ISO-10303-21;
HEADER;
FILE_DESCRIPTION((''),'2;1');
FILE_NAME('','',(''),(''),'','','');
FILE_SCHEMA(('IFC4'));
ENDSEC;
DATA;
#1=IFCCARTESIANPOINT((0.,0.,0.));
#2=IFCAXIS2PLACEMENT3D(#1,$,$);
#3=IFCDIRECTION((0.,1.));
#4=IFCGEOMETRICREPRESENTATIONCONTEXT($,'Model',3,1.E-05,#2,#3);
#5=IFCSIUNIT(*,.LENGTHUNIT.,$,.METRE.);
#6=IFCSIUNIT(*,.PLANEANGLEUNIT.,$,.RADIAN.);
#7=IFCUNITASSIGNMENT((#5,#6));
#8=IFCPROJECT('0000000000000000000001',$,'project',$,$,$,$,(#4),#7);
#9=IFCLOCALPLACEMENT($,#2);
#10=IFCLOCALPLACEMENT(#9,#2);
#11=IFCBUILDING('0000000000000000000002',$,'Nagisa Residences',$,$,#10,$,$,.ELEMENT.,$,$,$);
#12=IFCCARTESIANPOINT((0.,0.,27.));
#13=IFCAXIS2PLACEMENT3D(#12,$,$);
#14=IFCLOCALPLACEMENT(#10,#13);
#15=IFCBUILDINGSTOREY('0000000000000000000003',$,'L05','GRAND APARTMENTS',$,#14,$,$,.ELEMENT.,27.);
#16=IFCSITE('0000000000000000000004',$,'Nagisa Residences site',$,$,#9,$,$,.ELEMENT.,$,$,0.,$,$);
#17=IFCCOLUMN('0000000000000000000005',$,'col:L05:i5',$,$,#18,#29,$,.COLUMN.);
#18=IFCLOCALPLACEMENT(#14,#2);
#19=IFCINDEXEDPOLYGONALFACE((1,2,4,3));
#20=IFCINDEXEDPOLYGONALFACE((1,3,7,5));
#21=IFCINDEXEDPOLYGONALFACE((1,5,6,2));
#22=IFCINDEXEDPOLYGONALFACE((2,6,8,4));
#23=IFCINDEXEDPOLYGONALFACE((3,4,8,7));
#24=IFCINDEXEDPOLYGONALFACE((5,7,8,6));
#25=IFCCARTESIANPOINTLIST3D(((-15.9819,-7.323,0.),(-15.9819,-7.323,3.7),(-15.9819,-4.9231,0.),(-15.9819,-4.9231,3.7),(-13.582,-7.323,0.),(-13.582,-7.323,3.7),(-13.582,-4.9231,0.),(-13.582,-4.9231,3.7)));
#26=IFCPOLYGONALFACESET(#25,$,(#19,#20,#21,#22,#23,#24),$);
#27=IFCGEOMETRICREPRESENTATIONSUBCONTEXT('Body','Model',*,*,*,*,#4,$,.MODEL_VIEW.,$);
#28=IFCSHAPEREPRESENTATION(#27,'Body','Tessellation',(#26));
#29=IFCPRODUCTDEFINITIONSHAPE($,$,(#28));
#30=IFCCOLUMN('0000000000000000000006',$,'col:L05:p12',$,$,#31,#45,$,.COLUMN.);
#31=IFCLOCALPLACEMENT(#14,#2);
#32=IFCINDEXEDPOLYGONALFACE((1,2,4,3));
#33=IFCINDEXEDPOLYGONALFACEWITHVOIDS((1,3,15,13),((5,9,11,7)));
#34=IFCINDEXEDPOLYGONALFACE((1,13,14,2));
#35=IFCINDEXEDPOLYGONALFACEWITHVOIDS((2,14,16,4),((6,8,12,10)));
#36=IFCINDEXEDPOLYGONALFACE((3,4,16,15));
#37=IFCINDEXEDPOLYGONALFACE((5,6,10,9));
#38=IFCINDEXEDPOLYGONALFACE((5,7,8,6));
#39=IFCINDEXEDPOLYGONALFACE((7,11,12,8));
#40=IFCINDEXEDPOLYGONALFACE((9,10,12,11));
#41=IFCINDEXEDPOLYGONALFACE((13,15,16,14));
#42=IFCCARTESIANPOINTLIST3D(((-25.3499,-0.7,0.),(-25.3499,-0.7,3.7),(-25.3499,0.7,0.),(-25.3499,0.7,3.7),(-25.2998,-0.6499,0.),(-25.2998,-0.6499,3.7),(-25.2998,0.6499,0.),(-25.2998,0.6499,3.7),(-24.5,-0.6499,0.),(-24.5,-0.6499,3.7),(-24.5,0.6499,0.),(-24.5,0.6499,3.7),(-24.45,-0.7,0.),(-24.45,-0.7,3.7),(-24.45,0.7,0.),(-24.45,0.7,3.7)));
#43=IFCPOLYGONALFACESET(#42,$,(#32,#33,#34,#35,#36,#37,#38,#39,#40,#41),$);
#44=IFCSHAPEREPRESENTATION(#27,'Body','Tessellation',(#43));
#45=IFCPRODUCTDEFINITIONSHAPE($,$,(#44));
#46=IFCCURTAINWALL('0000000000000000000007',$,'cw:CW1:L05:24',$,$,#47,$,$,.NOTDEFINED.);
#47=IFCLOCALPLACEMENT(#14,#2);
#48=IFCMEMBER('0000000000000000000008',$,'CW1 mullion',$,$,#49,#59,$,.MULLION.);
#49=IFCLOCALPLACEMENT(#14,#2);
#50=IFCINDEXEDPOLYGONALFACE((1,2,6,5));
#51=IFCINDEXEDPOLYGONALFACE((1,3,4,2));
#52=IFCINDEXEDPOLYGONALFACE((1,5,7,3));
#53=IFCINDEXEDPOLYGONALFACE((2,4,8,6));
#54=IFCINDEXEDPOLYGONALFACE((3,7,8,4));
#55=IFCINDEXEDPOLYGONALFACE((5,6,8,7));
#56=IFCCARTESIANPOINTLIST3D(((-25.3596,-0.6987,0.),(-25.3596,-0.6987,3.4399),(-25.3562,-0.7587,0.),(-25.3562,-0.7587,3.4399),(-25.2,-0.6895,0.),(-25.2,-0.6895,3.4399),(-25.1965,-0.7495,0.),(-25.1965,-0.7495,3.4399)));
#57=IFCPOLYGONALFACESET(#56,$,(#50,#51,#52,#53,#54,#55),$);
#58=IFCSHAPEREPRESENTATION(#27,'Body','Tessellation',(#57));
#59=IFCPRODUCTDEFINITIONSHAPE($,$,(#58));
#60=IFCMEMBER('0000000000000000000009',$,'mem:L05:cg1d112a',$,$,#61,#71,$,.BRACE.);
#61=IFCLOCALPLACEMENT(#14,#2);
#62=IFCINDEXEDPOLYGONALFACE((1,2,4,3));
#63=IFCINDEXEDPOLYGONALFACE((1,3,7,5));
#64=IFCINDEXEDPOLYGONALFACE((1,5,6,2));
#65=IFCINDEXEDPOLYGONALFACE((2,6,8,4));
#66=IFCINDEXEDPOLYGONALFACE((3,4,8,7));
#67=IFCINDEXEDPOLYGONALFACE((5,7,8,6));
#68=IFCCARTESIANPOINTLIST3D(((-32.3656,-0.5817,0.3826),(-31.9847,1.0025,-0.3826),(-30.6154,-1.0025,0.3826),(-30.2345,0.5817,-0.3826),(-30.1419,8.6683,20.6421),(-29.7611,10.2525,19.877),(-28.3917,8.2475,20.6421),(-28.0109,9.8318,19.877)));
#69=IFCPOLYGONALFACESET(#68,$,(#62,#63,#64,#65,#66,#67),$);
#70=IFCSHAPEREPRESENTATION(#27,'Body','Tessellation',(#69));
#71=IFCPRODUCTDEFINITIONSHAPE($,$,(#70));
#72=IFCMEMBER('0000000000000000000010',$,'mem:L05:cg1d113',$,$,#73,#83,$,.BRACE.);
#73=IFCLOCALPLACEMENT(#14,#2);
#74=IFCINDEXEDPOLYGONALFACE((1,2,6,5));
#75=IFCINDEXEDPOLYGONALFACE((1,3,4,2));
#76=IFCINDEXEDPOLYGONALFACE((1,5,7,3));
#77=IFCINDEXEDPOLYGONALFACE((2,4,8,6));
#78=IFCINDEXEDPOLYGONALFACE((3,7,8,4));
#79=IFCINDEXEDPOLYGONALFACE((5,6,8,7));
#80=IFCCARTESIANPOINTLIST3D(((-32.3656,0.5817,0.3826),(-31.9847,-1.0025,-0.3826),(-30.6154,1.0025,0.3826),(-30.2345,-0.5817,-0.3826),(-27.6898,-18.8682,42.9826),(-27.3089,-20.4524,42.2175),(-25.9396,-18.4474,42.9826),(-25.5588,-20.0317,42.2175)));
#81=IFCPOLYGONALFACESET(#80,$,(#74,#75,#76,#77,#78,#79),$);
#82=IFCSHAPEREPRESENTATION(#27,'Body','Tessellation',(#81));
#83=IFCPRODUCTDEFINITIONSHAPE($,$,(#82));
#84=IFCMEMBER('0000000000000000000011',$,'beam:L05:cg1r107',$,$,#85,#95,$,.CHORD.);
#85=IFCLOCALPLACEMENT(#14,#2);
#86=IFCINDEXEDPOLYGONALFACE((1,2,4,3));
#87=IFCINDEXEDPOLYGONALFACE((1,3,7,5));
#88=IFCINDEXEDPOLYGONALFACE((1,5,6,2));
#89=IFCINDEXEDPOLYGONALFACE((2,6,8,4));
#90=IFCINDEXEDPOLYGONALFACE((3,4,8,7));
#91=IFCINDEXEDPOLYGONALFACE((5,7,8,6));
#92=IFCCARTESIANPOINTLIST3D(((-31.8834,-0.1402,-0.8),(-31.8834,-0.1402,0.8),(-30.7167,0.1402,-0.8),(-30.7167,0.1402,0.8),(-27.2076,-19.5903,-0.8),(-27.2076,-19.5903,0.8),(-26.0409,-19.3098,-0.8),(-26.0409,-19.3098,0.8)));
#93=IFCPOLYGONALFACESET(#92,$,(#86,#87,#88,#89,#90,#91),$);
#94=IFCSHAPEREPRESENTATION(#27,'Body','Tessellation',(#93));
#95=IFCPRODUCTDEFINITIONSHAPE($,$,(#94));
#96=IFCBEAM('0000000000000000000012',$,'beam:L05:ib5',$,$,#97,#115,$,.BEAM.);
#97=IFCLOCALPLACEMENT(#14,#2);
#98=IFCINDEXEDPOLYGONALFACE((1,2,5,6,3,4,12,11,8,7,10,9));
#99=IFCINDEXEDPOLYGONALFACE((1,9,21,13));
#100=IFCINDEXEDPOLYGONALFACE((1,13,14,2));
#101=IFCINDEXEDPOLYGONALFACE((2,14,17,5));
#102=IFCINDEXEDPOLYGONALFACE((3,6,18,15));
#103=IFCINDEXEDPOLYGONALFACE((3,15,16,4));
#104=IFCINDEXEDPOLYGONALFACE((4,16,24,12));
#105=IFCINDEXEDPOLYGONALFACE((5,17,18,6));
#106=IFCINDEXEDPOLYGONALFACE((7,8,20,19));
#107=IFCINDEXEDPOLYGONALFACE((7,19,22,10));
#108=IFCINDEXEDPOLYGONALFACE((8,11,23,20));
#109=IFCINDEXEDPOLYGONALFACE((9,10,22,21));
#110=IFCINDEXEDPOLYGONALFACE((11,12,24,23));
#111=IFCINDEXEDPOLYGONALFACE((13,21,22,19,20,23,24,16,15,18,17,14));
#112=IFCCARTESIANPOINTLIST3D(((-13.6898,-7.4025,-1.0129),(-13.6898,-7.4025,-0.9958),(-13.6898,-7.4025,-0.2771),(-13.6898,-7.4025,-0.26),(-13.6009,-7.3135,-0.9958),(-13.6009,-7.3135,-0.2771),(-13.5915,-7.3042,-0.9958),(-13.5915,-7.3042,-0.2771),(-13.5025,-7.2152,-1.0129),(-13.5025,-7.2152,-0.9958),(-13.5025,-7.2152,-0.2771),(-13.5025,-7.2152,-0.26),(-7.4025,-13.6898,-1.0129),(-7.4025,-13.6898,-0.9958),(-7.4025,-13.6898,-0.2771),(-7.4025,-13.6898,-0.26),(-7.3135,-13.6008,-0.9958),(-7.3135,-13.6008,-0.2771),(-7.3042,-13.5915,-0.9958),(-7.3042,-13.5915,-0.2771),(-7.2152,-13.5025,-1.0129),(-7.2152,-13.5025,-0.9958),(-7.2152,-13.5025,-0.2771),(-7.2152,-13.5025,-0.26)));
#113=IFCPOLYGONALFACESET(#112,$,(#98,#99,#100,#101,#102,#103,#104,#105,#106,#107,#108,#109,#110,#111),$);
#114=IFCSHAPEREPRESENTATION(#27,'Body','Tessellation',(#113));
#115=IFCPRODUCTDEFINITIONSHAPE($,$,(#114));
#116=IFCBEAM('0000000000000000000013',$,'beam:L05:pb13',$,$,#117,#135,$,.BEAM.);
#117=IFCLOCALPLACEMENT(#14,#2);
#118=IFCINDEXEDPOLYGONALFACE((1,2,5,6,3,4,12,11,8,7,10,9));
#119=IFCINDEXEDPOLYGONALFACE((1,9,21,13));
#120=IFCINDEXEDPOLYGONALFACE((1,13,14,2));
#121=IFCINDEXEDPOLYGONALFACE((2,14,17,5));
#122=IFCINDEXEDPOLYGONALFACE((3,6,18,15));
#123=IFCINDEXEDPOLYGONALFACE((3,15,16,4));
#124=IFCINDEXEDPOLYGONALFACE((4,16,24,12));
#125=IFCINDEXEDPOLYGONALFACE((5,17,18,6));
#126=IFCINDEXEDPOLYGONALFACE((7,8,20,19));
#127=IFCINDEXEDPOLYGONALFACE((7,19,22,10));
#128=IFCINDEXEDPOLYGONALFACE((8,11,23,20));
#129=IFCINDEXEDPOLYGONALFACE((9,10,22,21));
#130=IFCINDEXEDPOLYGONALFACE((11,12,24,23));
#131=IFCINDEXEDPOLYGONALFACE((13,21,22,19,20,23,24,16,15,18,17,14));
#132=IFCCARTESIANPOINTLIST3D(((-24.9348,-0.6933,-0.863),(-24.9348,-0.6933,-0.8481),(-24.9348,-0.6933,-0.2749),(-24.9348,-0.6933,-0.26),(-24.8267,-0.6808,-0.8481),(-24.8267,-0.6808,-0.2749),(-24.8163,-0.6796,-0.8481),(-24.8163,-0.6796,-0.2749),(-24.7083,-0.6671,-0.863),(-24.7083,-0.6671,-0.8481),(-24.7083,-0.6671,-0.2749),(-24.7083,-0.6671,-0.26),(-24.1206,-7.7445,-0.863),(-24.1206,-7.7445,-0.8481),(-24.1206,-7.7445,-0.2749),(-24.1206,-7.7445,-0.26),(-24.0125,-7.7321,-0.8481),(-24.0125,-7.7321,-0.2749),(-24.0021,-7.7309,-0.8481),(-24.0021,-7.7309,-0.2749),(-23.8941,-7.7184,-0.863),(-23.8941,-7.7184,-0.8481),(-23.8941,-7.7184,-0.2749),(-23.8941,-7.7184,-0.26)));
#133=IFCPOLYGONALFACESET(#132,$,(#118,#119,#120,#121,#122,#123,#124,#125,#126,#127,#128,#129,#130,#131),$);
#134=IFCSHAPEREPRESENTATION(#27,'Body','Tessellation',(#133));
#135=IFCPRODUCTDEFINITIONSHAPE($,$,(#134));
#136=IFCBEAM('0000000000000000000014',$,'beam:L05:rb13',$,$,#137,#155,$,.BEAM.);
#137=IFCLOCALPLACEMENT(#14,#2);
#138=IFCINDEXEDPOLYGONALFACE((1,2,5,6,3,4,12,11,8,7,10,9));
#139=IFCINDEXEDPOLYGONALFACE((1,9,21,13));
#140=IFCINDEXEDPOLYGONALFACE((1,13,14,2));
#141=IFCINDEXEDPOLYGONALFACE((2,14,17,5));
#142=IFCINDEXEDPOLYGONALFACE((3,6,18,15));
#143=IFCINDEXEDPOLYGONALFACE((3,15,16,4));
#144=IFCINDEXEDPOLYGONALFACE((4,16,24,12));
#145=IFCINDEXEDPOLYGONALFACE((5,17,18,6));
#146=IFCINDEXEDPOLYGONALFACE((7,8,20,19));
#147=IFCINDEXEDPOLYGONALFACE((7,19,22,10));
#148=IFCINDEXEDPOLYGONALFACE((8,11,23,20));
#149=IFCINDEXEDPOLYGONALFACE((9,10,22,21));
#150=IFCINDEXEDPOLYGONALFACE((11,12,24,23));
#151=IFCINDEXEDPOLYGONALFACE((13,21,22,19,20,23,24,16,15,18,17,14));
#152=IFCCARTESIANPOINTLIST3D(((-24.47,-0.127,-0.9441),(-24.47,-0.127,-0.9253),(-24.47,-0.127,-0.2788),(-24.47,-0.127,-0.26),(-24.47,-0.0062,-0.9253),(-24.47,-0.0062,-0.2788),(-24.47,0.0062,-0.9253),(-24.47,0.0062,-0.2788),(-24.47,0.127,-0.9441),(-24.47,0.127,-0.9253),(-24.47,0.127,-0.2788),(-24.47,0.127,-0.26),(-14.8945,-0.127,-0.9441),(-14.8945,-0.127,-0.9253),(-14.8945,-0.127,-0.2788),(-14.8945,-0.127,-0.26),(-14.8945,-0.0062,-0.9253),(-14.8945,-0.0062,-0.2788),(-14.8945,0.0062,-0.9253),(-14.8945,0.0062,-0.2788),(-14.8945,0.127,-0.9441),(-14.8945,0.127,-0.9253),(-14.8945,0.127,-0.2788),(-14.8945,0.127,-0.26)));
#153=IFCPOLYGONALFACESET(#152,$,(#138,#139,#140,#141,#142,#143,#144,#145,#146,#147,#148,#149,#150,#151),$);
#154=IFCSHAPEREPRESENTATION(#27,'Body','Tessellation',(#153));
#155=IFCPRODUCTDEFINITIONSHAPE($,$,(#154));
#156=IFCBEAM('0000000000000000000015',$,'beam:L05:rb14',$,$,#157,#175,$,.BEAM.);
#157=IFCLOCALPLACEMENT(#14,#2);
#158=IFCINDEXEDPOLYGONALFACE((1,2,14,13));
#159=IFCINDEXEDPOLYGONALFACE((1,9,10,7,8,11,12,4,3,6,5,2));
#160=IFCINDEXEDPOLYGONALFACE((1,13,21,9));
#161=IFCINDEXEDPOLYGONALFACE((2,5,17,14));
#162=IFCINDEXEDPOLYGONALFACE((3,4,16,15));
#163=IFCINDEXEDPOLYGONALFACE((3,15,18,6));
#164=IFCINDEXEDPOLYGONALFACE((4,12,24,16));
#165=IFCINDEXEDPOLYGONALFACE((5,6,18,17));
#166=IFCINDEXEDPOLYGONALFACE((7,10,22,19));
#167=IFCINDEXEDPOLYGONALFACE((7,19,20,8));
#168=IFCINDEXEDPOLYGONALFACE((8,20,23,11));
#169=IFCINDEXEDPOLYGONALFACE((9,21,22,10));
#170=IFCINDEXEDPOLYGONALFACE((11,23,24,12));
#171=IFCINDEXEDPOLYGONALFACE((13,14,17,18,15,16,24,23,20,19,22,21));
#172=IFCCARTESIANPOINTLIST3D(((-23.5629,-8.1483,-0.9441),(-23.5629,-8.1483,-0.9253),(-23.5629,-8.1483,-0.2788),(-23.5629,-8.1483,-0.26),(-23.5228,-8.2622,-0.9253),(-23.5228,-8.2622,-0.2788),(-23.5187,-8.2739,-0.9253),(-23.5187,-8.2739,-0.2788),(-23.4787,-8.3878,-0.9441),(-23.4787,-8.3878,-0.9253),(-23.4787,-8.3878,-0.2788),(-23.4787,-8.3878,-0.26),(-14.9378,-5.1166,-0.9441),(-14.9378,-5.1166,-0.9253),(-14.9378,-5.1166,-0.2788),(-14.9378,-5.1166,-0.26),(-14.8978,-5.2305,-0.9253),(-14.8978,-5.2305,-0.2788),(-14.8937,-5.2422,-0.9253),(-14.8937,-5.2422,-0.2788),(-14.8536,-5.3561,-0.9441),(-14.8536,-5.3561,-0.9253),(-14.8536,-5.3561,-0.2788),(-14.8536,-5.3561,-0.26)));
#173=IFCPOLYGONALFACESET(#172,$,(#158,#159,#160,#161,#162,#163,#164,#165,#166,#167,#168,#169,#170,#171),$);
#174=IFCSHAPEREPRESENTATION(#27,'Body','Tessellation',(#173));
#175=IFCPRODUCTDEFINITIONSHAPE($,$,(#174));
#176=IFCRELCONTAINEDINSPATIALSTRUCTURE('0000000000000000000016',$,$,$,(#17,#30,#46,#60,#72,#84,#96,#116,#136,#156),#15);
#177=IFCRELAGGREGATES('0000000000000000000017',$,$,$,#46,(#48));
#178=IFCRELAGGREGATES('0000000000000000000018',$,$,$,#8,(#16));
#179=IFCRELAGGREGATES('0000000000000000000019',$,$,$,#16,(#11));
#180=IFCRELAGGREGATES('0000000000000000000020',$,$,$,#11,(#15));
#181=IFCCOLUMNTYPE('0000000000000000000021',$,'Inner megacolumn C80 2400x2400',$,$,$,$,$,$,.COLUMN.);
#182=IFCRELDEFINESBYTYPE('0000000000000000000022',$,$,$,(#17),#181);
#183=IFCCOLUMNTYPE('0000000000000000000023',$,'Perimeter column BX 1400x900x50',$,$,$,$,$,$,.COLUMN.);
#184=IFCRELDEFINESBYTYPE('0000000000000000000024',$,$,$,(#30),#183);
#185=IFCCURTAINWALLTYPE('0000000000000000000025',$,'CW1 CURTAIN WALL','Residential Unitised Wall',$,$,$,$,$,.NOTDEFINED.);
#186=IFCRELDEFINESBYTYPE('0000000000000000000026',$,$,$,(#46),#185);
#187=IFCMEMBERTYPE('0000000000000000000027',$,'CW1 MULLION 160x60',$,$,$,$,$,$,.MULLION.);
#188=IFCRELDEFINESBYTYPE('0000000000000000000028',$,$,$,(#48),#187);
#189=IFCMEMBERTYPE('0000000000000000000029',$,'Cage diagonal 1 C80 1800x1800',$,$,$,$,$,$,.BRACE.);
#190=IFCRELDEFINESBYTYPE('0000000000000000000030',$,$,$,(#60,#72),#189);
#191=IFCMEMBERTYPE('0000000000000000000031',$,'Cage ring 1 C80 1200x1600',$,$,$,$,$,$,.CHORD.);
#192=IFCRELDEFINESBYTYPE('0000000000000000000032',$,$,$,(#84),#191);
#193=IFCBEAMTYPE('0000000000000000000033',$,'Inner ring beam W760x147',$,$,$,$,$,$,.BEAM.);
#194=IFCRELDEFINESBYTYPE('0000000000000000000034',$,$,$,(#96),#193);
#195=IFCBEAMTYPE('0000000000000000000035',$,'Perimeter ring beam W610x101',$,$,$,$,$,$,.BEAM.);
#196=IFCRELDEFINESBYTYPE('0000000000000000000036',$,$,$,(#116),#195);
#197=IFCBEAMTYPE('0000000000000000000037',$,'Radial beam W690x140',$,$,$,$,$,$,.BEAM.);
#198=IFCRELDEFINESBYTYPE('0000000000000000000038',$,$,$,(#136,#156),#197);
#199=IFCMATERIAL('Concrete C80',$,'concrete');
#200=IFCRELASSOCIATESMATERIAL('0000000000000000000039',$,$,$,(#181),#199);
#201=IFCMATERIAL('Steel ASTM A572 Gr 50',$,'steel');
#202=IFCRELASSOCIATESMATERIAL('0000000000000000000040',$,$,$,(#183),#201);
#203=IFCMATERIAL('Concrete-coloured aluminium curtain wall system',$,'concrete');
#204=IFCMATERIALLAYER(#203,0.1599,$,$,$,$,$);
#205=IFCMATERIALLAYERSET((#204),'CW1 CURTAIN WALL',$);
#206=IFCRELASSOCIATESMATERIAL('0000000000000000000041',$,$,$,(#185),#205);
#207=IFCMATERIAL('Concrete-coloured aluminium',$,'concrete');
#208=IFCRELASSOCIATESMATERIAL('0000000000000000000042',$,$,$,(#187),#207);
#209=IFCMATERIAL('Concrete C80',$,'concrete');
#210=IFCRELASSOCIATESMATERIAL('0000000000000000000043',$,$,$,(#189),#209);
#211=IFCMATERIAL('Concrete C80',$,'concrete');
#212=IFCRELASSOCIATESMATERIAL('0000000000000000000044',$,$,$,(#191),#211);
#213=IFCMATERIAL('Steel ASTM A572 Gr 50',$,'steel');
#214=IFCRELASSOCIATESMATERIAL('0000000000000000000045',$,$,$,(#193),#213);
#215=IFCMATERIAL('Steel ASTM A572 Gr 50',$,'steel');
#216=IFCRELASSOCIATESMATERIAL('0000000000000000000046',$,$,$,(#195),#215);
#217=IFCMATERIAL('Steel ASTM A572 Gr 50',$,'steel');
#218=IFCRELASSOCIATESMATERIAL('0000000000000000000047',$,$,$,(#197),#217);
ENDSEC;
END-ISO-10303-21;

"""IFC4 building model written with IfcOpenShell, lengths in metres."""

from ifc_helpers import new_model, si_unit, direction, frame, origin, origin_2d, place, context, subcontext, project, spatial, rectangle, hollow_rectangle, i_section, extrude, material, layer, layer_set, material_profile, profile_set, type_object, element, aggregate, save


model = new_model("IFC4")

# Units and contexts
model_context = context("Model", 3, precision=1e-05, world=origin(), true_north=direction((0.0, 1.0)))
body_context = subcontext(model_context, "Body", "Model", "MODEL_VIEW")
ifc_project = project(units=[si_unit("LENGTHUNIT", "METRE"), si_unit("PLANEANGLEUNIT", "RADIAN")], contexts=[model_context])

# Site, building, storey
site_placement = place(None, origin())
site = spatial("IfcSite", under=ifc_project, at=site_placement, Name="Nagisa Residences site", CompositionType="ELEMENT", RefElevation=0.0)
building_placement = place(site_placement, origin())
building = spatial("IfcBuilding", under=site, at=building_placement, Name="Nagisa Residences", CompositionType="ELEMENT")
storey_placement = place(building_placement, frame((0.0, 0.0, 27.0)))
storey = spatial("IfcBuildingStorey", under=building, at=storey_placement, Name="L05", Description="GRAND APARTMENTS", CompositionType="ELEMENT", Elevation=27.0)

# Columns
ifc_material_1 = material(Name="Concrete C80", Category="concrete")
ifc_material_profile_1 = material_profile(ifc_material_1, rectangle(XDim=2.3999, YDim=2.3999, at=origin_2d()), Name="C80 2400x2400")
ifc_profile_set_1 = profile_set([ifc_material_profile_1], Name="Concrete C80")
column_type_1 = type_object("IfcColumnType", Name="Inner megacolumn C80 2400x2400", PredefinedType="COLUMN", material=ifc_profile_set_1)
column_1_placement = place(storey_placement, frame((-14.782, -6.123, 0.0), z_axis=(0.0, 0.0, 1.0), x_axis=(1.0, 0.0, 0.0)))
element("IfcColumn", 1, at=column_1_placement, inside=storey, type_object=column_type_1, Name="col:L05:i5", PredefinedType="COLUMN", context=body_context, shape_type="SweptSolid", body=[
    extrude(rectangle(XDim=2.3999, YDim=2.3999, at=origin_2d()), origin(), (0.0, 0.0, 1.0), 3.7),
])
ifc_material_2 = material(Name="Steel ASTM A572 Gr 50", Category="steel")
ifc_material_profile_2 = material_profile(ifc_material_2, hollow_rectangle(XDim=1.3999, YDim=0.8999, WallThickness=0.05, at=origin_2d()), Name="BX 1400x900x50")
ifc_profile_set_2 = profile_set([ifc_material_profile_2], Name="Steel ASTM A572 Gr 50")
column_type_2 = type_object("IfcColumnType", Name="Perimeter column BX 1400x900x50", PredefinedType="COLUMN", material=ifc_profile_set_2)
column_2_placement = place(storey_placement, frame((-24.8999, 0.0, 0.0), z_axis=(0.0, 0.0, 1.0), x_axis=(0.0, -1.0, 0.0)))
element("IfcColumn", 2, at=column_2_placement, inside=storey, type_object=column_type_2, Name="col:L05:p12", PredefinedType="COLUMN", context=body_context, shape_type="SweptSolid", body=[
    extrude(hollow_rectangle(XDim=1.3999, YDim=0.8999, WallThickness=0.05, at=origin_2d()), origin(), (0.0, 0.0, 1.0), 3.7),
])

# Curtain wall, member
ifc_material_3 = material(Name="Concrete-coloured aluminium curtain wall system", Category="concrete")
ifc_layer_1 = layer(ifc_material_3, 0.1599)
ifc_layer_set_1 = layer_set([ifc_layer_1], Name="CW1 CURTAIN WALL")
curtain_wall_type = type_object("IfcCurtainWallType", Name="CW1 CURTAIN WALL", Description="Residential Unitised Wall", PredefinedType="NOTDEFINED", material=ifc_layer_set_1)
curtain_wall_placement = place(storey_placement, origin())
curtain_wall = element("IfcCurtainWall", 3, at=curtain_wall_placement, inside=storey, type_object=curtain_wall_type, Name="cw:CW1:L05:24", PredefinedType="NOTDEFINED")
ifc_material_4 = material(Name="Concrete-coloured aluminium", Category="concrete")
ifc_material_profile_3 = material_profile(ifc_material_4, rectangle(XDim=0.1599, YDim=0.0601, at=origin_2d()), Name="CW1 MULLION 160x60")
ifc_profile_set_3 = profile_set([ifc_material_profile_3], Name="Concrete-coloured aluminium")
member_type_1 = type_object("IfcMemberType", Name="CW1 MULLION 160x60", PredefinedType="MULLION", material=ifc_profile_set_3)
member_1_placement = place(storey_placement, frame((-25.2781, -0.7241, 0.0), z_axis=(0.0, 0.0, 1.0), x_axis=(0.998345, 0.057503, 0.0)))
member_1 = element("IfcMember", 4, at=member_1_placement, type_object=member_type_1, Name="CW1 mullion", PredefinedType="MULLION", context=body_context, shape_type="SweptSolid", body=[
    extrude(rectangle(XDim=0.1599, YDim=0.0601, at=origin_2d()), origin(), (0.0, 0.0, 1.0), 3.4399),
])
aggregate(curtain_wall, [member_1])

# Members
ifc_material_5 = material(Name="Concrete C80", Category="concrete")
ifc_material_profile_4 = material_profile(ifc_material_5, rectangle(XDim=1.8, YDim=1.8, at=origin_2d()), Name="C80 1800x1800")
ifc_profile_set_4 = profile_set([ifc_material_profile_4], Name="Concrete C80")
member_type_2 = type_object("IfcMemberType", Name="Cage diagonal 1 C80 1800x1800", PredefinedType="BRACE", material=ifc_profile_set_4)
member_2_placement = place(storey_placement, frame((-31.3, 0.0, 0.0), z_axis=(0.099349, 0.413278, 0.905169), x_axis=(-0.972301, 0.233734, 0.0)))
element("IfcMember", 5, at=member_2_placement, inside=storey, type_object=member_type_2, Name="mem:L05:cg1d112a", PredefinedType="BRACE", context=body_context, shape_type="SweptSolid", body=[
    extrude(rectangle(XDim=1.8, YDim=1.8, at=origin_2d()), origin(), (0.0, 0.0, 1.0), 22.3821),
])
member_3_placement = place(storey_placement, frame((-31.3, 0.0, 0.0), z_axis=(0.099351, -0.413274, 0.905171), x_axis=(0.972299, 0.233741, 0.0)))
element("IfcMember", 6, at=member_3_placement, inside=storey, type_object=member_type_2, Name="mem:L05:cg1d113", PredefinedType="BRACE", context=body_context, shape_type="SweptSolid", body=[
    extrude(rectangle(XDim=1.8, YDim=1.8, at=origin_2d()), origin(), (0.0, 0.0, 1.0), 47.063),
])
ifc_material_6 = material(Name="Concrete C80", Category="concrete")
ifc_material_profile_5 = material_profile(ifc_material_6, rectangle(XDim=1.2, YDim=1.6001, at=origin_2d()), Name="C80 1200x1600")
ifc_profile_set_5 = profile_set([ifc_material_profile_5], Name="Concrete C80")
member_type_3 = type_object("IfcMemberType", Name="Cage ring 1 C80 1200x1600", PredefinedType="CHORD", material=ifc_profile_set_5)
member_4_placement = place(storey_placement, frame((-31.3, 0.0, 0.0), z_axis=(0.233741, -0.972299, 0.0), x_axis=(0.972299, 0.233741, 0.0)))
element("IfcMember", 7, at=member_4_placement, inside=storey, type_object=member_type_3, Name="beam:L05:cg1r107", PredefinedType="CHORD", context=body_context, shape_type="SweptSolid", body=[
    extrude(rectangle(XDim=1.2, YDim=1.6001, at=origin_2d()), origin(), (0.0, 0.0, 1.0), 20.0042),
])

# Beams
ifc_material_7 = material(Name="Steel ASTM A572 Gr 50", Category="steel")
ifc_material_profile_6 = material_profile(ifc_material_7, i_section(OverallWidth=0.2649, OverallDepth=0.7529, WebThickness=0.0132, FlangeThickness=0.0171, at=origin_2d()), Name="W760x147")
ifc_profile_set_6 = profile_set([ifc_material_profile_6], Name="Steel ASTM A572 Gr 50")
beam_type_1 = type_object("IfcBeamType", Name="Inner ring beam W760x147", PredefinedType="BEAM", material=ifc_profile_set_6)
beam_1_placement = place(storey_placement, frame((-13.5962, -7.3088, -0.6365), z_axis=(0.707107, -0.707107, 0.0), x_axis=(0.707107, 0.707107, 0.0)))
element("IfcBeam", 8, at=beam_1_placement, inside=storey, type_object=beam_type_1, Name="beam:L05:ib5", PredefinedType="BEAM", context=body_context, shape_type="SweptSolid", body=[
    extrude(i_section(OverallWidth=0.2649, OverallDepth=0.7529, WebThickness=0.0132, FlangeThickness=0.0171, at=origin_2d()), origin(), (0.0, 0.0, 1.0), 8.8916),
])
ifc_material_8 = material(Name="Steel ASTM A572 Gr 50", Category="steel")
ifc_material_profile_7 = material_profile(ifc_material_8, i_section(OverallWidth=0.228, OverallDepth=0.603, WebThickness=0.0105, FlangeThickness=0.0149, at=origin_2d()), Name="W610x101")
ifc_profile_set_7 = profile_set([ifc_material_profile_7], Name="Steel ASTM A572 Gr 50")
beam_type_2 = type_object("IfcBeamType", Name="Perimeter ring beam W610x101", PredefinedType="BEAM", material=ifc_profile_set_7)
beam_2_placement = place(storey_placement, frame((-24.8215, -0.6802, -0.5615), z_axis=(0.114708, -0.993399, 0.0), x_axis=(0.993399, 0.114708, 0.0)))
element("IfcBeam", 9, at=beam_2_placement, inside=storey, type_object=beam_type_2, Name="beam:L05:pb13", PredefinedType="BEAM", context=body_context, shape_type="SweptSolid", body=[
    extrude(i_section(OverallWidth=0.228, OverallDepth=0.603, WebThickness=0.0105, FlangeThickness=0.0149, at=origin_2d()), origin(), (0.0, 0.0, 1.0), 7.0981),
])
ifc_material_9 = material(Name="Steel ASTM A572 Gr 50", Category="steel")
ifc_material_profile_8 = material_profile(ifc_material_9, i_section(OverallWidth=0.2539, OverallDepth=0.6841, WebThickness=0.0125, FlangeThickness=0.0188, at=origin_2d()), Name="W690x140")
ifc_profile_set_8 = profile_set([ifc_material_profile_8], Name="Steel ASTM A572 Gr 50")
beam_type_3 = type_object("IfcBeamType", Name="Radial beam W690x140", PredefinedType="BEAM", material=ifc_profile_set_8)
beam_3_placement = place(storey_placement, frame((-24.47, 0.0, -0.6021), z_axis=(1.0, 0.0, 0.0), x_axis=(0.0, 1.0, 0.0)))
element("IfcBeam", 10, at=beam_3_placement, inside=storey, type_object=beam_type_3, Name="beam:L05:rb13", PredefinedType="BEAM", context=body_context, shape_type="SweptSolid", body=[
    extrude(i_section(OverallWidth=0.2539, OverallDepth=0.6841, WebThickness=0.0125, FlangeThickness=0.0188, at=origin_2d()), origin(), (0.0, 0.0, 1.0), 9.5754),
])
beam_4_placement = place(storey_placement, frame((-23.5208, -8.2681, -0.6021), z_axis=(0.943415, 0.331616, 0.0), x_axis=(-0.331616, 0.943415, 0.0)))
element("IfcBeam", 11, at=beam_4_placement, inside=storey, type_object=beam_type_3, Name="beam:L05:rb14", PredefinedType="BEAM", context=body_context, shape_type="SweptSolid", body=[
    extrude(i_section(OverallWidth=0.2539, OverallDepth=0.6841, WebThickness=0.0125, FlangeThickness=0.0188, at=origin_2d()), origin(), (0.0, 0.0, 1.0), 9.1423),
])

save(model, "model.ifc")
